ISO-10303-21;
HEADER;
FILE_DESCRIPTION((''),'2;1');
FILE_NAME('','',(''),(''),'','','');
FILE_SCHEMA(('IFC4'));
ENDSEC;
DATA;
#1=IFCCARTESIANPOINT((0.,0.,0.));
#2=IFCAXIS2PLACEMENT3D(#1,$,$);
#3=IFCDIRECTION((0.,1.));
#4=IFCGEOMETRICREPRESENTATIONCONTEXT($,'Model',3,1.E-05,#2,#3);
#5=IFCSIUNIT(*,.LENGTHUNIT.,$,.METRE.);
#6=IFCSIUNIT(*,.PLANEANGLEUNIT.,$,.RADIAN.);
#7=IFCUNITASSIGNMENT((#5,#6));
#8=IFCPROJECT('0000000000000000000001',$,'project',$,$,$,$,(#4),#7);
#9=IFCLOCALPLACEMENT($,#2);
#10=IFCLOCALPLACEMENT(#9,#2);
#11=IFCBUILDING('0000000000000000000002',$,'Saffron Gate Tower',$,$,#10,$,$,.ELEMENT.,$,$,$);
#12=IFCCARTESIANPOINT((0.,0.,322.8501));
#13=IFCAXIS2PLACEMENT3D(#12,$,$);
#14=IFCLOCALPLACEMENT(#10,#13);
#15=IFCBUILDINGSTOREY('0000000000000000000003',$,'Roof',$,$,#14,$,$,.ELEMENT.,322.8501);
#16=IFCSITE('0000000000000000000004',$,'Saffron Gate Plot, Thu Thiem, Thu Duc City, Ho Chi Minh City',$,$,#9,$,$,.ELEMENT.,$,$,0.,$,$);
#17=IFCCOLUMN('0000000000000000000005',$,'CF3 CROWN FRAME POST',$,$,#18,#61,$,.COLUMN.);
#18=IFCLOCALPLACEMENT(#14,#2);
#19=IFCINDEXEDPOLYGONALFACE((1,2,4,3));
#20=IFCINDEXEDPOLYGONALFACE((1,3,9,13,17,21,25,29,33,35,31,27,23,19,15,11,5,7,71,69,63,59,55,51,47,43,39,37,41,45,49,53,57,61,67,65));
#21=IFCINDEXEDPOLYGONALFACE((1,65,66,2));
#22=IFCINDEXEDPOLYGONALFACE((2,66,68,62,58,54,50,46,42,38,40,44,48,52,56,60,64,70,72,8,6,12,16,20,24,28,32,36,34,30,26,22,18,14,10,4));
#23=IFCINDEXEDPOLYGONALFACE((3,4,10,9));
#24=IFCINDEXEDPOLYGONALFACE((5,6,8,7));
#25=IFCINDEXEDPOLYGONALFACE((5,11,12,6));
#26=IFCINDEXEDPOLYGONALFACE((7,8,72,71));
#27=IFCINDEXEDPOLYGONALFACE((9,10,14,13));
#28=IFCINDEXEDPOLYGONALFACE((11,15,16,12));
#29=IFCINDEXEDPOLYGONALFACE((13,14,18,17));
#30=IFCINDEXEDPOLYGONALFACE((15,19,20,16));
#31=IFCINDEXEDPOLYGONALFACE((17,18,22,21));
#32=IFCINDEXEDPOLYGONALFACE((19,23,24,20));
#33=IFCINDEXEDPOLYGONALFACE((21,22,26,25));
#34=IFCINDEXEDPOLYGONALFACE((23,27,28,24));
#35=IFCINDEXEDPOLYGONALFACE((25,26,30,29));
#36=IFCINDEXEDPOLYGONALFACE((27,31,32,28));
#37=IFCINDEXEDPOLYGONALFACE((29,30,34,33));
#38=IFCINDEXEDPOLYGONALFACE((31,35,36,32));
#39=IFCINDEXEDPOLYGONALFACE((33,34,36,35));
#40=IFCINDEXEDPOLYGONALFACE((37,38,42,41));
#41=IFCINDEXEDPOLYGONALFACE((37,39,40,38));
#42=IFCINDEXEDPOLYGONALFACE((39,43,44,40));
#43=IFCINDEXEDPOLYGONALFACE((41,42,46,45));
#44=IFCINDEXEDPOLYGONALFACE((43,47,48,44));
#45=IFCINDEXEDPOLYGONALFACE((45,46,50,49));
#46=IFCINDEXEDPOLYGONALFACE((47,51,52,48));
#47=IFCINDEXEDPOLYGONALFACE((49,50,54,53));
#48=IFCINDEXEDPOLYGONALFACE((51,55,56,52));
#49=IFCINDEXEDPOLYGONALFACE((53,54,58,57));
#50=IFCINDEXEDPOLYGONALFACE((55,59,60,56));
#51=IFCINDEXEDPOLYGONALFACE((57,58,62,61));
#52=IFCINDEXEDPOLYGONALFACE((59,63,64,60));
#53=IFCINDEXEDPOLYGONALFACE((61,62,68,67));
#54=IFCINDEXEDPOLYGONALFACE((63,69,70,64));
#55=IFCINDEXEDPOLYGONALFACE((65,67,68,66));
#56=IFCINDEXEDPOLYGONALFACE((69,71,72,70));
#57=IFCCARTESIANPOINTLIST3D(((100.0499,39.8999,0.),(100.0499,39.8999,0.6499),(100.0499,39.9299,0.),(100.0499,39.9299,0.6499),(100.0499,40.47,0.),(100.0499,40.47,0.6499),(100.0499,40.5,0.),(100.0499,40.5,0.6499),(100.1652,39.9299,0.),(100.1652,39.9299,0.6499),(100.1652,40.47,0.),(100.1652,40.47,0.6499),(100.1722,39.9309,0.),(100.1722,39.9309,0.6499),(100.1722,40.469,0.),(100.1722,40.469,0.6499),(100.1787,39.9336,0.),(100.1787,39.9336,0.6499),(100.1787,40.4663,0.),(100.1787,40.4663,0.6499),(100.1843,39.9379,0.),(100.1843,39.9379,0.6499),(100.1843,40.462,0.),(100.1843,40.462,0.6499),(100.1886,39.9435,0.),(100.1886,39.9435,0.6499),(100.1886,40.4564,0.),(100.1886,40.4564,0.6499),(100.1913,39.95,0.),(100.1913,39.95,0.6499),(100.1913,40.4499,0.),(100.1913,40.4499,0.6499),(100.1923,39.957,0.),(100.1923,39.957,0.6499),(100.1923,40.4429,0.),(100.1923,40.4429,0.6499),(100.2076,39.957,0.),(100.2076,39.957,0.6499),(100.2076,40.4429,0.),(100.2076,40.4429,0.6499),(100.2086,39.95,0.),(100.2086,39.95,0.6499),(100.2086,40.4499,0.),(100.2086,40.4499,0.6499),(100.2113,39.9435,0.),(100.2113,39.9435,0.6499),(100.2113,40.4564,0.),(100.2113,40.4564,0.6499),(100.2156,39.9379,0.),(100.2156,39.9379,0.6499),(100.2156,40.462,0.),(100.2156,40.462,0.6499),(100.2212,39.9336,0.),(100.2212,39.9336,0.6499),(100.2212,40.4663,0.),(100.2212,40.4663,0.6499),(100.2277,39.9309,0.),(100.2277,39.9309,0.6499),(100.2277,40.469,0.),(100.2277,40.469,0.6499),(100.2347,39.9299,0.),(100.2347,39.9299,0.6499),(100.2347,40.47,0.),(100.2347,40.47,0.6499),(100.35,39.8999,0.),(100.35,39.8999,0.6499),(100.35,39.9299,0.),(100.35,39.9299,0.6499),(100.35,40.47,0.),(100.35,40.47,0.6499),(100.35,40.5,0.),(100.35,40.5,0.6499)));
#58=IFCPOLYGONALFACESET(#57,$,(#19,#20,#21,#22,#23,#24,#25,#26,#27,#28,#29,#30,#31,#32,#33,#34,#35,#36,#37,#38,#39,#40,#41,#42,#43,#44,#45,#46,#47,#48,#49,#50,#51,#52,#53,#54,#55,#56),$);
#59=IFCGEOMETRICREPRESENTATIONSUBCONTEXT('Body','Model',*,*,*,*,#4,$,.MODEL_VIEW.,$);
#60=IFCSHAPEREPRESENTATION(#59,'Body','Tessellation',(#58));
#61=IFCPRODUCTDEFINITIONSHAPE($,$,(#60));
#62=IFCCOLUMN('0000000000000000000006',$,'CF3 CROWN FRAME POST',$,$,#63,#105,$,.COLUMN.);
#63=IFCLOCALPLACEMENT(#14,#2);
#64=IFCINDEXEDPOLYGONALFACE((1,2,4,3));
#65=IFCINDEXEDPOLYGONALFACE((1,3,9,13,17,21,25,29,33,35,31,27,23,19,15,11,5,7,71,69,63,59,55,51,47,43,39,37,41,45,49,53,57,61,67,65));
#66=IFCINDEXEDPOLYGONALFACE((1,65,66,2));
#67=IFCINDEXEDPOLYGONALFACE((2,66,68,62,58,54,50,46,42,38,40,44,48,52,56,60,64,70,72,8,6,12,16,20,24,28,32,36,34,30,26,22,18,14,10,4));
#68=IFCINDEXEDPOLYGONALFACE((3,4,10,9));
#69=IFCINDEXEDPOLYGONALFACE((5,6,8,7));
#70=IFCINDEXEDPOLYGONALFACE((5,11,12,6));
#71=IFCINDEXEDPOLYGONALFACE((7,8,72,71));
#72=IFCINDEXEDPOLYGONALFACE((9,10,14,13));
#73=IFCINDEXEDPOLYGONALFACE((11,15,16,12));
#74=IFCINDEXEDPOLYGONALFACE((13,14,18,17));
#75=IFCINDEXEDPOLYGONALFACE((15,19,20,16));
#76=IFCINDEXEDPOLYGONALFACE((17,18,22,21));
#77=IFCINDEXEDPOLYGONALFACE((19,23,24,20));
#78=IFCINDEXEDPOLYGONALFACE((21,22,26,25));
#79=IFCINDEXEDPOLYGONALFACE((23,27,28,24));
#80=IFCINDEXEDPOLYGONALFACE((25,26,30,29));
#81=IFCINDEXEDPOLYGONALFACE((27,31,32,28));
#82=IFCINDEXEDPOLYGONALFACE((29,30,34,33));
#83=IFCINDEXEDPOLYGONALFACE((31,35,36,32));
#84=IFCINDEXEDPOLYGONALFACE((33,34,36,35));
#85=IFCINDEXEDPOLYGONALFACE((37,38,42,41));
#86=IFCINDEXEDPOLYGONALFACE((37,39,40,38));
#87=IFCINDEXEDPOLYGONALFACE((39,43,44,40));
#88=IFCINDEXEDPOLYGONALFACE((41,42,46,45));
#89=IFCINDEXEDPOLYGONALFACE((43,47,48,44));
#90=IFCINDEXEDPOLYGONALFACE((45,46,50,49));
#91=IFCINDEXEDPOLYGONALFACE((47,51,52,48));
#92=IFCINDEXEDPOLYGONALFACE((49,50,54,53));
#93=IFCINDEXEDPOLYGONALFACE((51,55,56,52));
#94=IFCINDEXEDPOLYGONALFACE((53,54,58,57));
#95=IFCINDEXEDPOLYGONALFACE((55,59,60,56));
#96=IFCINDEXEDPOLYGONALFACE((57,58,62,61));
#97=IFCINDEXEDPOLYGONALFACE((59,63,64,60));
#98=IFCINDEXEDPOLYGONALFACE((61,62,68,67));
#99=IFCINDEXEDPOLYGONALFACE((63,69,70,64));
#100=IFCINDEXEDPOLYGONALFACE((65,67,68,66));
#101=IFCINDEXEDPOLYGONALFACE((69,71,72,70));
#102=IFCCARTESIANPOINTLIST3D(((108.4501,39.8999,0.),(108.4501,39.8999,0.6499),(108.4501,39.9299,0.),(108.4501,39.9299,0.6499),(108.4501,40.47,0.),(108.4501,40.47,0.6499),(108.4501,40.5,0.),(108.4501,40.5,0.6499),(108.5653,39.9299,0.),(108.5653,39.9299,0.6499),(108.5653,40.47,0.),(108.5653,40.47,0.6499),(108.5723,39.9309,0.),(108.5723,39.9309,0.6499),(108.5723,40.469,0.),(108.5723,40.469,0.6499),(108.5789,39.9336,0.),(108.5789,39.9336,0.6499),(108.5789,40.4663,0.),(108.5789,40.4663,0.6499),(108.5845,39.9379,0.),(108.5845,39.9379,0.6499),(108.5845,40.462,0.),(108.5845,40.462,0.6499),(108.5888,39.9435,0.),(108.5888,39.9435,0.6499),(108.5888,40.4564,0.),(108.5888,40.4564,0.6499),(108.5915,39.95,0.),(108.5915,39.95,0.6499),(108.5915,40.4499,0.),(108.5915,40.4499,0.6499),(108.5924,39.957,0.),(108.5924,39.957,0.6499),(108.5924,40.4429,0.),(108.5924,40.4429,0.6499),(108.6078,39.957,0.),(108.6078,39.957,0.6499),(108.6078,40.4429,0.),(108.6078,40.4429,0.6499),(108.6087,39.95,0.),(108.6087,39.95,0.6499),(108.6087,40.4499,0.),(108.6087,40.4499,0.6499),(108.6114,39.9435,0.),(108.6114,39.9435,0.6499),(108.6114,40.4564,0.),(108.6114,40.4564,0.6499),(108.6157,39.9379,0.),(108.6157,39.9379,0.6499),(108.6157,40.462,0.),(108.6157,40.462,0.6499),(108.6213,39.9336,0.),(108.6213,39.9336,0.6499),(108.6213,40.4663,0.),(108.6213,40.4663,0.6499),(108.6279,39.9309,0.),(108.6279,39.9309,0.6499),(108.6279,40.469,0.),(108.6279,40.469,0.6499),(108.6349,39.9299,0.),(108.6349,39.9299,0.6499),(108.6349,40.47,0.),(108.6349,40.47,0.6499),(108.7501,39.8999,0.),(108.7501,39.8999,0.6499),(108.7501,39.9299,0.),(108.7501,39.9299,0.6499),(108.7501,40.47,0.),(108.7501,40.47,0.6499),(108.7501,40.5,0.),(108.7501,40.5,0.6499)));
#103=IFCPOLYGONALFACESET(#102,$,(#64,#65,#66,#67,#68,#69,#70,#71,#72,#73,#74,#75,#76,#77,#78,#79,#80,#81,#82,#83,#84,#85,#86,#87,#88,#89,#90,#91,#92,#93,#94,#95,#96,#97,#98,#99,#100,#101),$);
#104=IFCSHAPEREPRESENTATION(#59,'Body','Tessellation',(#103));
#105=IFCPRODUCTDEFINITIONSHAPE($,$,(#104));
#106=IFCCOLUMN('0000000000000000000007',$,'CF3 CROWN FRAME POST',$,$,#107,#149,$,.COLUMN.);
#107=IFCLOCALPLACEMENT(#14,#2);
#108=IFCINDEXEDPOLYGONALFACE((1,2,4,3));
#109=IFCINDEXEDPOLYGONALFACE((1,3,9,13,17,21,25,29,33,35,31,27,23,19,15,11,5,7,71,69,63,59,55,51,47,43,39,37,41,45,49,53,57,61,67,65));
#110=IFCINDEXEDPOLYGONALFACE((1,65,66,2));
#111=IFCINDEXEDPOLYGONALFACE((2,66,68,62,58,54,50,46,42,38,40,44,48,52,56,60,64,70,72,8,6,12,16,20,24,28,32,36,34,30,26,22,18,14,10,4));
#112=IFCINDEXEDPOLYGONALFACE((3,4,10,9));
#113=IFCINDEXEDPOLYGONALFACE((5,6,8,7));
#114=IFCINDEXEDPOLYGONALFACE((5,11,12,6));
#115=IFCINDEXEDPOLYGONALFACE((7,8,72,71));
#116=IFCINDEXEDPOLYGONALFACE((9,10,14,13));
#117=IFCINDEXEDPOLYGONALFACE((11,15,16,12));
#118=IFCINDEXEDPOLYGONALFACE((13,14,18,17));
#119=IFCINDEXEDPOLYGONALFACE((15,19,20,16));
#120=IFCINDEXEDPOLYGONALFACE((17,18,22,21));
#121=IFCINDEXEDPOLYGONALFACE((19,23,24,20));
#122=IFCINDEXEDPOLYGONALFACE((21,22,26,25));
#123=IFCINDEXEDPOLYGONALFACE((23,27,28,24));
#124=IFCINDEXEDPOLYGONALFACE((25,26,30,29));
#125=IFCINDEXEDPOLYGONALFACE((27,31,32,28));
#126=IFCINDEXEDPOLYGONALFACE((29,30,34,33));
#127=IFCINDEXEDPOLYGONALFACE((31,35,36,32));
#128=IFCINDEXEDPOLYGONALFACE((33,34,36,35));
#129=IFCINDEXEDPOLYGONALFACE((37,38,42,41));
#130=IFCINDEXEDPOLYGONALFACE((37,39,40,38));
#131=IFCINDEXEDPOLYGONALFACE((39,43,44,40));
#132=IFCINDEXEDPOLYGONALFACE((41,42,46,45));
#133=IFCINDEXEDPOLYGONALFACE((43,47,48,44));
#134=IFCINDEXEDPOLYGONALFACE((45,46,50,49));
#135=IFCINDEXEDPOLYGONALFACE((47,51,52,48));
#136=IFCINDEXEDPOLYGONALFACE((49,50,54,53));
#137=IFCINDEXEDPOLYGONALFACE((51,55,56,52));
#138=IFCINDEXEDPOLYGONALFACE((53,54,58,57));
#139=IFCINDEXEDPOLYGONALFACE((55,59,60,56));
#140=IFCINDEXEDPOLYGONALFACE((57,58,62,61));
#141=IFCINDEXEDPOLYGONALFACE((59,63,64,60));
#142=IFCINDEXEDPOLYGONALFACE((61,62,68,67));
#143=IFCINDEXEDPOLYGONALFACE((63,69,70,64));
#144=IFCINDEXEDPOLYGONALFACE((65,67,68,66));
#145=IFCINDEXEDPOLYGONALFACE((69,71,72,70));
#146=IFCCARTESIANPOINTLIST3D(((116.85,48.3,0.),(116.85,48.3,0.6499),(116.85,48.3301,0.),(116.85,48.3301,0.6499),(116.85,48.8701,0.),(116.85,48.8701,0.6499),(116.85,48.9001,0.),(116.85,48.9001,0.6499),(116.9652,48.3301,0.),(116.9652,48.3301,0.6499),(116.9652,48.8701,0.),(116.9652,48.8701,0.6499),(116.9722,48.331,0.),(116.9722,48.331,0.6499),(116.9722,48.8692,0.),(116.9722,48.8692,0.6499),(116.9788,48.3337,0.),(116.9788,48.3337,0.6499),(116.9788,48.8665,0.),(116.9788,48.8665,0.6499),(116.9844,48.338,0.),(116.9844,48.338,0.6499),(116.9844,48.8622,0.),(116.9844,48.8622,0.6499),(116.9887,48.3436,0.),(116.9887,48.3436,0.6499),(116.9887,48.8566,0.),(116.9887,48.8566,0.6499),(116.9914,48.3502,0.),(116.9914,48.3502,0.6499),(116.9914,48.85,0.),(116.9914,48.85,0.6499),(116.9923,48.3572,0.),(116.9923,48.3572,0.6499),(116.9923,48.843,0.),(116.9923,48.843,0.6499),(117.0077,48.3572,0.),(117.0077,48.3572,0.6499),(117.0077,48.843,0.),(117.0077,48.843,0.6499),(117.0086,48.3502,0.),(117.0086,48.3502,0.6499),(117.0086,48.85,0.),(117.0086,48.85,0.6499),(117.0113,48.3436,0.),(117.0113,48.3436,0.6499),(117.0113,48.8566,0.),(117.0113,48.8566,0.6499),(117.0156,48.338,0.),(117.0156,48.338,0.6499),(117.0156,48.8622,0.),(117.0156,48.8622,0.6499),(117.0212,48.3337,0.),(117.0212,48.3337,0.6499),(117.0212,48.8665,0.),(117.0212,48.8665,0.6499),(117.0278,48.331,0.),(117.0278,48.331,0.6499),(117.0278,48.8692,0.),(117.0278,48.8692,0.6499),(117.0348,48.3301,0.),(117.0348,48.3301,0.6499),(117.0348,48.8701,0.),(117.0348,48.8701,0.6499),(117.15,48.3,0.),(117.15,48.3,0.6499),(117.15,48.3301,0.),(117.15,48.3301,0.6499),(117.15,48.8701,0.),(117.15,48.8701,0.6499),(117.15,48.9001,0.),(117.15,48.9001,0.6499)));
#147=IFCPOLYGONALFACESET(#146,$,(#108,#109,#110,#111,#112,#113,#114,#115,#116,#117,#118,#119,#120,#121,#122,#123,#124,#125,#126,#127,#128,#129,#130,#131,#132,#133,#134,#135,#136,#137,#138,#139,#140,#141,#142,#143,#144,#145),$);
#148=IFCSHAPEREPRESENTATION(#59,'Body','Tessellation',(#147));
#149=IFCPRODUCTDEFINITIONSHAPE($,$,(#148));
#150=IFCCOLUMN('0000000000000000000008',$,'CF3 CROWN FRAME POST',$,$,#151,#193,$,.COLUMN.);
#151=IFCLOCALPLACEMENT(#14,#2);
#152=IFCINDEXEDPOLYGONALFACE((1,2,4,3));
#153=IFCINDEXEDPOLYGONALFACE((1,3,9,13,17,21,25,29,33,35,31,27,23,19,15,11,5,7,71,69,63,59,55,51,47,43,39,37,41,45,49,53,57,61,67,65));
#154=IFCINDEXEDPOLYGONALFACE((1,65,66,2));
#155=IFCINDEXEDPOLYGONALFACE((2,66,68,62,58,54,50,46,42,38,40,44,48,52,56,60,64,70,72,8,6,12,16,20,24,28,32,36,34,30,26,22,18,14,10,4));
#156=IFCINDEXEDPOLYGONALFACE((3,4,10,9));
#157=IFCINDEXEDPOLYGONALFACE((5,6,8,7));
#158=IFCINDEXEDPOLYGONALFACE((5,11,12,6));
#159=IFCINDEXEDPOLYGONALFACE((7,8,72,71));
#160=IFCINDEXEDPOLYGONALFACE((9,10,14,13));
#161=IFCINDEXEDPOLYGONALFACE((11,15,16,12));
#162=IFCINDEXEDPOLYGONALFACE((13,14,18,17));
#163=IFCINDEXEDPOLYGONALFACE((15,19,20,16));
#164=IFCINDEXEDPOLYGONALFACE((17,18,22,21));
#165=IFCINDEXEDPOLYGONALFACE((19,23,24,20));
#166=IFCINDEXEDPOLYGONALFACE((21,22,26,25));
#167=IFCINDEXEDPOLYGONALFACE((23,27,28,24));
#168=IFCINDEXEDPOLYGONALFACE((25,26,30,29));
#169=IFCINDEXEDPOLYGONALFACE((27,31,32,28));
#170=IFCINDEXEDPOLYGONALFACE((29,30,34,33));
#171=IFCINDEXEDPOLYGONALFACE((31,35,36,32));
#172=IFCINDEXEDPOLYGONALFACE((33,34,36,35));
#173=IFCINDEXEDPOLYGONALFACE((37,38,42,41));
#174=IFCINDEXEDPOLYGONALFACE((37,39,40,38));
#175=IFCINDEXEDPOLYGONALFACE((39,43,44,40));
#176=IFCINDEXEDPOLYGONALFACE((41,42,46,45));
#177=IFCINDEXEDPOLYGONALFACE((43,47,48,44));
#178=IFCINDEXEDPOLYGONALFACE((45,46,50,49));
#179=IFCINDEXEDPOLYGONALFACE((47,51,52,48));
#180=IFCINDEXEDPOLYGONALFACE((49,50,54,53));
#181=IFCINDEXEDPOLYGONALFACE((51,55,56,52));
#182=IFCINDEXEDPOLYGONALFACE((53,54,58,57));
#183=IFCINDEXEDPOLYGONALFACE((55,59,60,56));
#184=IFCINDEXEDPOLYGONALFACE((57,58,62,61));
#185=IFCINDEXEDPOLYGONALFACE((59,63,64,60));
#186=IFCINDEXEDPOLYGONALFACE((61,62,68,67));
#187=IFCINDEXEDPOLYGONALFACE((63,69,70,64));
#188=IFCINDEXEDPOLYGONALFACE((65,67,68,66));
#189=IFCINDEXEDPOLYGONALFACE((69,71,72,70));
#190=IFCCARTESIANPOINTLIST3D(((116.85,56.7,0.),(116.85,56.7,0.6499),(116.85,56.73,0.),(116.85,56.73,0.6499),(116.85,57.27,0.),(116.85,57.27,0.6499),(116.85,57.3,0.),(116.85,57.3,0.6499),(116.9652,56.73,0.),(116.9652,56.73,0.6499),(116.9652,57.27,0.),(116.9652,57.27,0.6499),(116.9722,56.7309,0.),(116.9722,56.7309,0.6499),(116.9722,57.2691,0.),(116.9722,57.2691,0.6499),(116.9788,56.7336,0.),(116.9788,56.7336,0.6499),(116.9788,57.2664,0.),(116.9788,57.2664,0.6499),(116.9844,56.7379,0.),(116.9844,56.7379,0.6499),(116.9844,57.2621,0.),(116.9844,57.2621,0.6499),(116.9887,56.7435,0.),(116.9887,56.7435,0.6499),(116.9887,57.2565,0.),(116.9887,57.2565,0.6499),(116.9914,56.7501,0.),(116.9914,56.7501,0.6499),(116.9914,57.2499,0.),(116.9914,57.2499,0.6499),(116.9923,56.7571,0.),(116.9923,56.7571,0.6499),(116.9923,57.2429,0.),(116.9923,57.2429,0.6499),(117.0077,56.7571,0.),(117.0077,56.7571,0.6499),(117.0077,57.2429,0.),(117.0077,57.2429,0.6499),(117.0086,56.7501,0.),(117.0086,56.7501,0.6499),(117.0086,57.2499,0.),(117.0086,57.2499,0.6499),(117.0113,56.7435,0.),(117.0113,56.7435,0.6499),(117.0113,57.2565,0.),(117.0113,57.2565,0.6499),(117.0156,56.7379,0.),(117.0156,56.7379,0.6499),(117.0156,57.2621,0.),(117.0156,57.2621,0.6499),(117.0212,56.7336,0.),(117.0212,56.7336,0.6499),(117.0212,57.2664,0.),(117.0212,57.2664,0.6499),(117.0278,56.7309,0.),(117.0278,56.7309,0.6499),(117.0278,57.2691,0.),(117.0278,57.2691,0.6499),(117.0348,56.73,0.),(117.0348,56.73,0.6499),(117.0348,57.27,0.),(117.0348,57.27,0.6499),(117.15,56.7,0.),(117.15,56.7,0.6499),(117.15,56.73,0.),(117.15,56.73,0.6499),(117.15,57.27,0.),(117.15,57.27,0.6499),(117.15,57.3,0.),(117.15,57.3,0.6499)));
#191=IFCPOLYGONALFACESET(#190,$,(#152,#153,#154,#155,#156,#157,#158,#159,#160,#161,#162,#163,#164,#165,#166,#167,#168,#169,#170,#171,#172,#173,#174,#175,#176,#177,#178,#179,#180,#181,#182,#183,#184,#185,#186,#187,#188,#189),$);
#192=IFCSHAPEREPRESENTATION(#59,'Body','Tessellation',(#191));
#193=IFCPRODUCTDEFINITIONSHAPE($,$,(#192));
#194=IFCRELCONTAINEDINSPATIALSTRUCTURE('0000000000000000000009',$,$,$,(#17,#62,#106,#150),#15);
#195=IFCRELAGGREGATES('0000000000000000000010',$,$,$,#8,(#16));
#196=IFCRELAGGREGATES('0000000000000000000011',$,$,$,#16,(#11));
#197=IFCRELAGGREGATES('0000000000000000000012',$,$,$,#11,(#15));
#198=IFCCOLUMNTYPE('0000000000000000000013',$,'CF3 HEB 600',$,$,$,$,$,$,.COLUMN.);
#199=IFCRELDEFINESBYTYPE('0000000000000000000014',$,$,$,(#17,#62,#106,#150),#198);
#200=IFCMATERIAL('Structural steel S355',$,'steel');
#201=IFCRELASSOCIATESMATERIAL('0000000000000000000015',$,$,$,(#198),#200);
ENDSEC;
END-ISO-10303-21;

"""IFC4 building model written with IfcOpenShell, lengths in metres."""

from ifc_helpers import new_model, si_unit, direction, frame, origin, origin_2d, place, context, subcontext, project, spatial, i_section, extrude, material, material_profile, profile_set, type_object, element, save


model = new_model("IFC4")

# Units and contexts
model_context = context("Model", 3, precision=1e-05, world=origin(), true_north=direction((0.0, 1.0)))
body_context = subcontext(model_context, "Body", "Model", "MODEL_VIEW")
ifc_project = project(units=[si_unit("LENGTHUNIT", "METRE"), si_unit("PLANEANGLEUNIT", "RADIAN")], contexts=[model_context])

# Site, building, storey
site_placement = place(None, origin())
site = spatial("IfcSite", under=ifc_project, at=site_placement, Name="Saffron Gate Plot, Thu Thiem, Thu Duc City, Ho Chi Minh City", CompositionType="ELEMENT", RefElevation=0.0)
building_placement = place(site_placement, origin())
building = spatial("IfcBuilding", under=site, at=building_placement, Name="Saffron Gate Tower", CompositionType="ELEMENT")
storey_placement = place(building_placement, frame((0.0, 0.0, 322.8501)))
storey = spatial("IfcBuildingStorey", under=building, at=storey_placement, Name="Roof", CompositionType="ELEMENT", Elevation=322.8501)

# Columns
ifc_material_1 = material(Name="Structural steel S355", Category="steel")
ifc_material_profile = material_profile(ifc_material_1, i_section(OverallWidth=0.3, OverallDepth=0.6001, WebThickness=0.0154, FlangeThickness=0.03, FilletRadius=0.0271, at=origin_2d()))
ifc_profile_set = profile_set([ifc_material_profile], Name="Structural steel S355")
column_type = type_object("IfcColumnType", Name="CF3 HEB 600", PredefinedType="COLUMN", material=ifc_profile_set)
for number, where, z_axis, x_axis, name in (
    (1, (100.2, 40.2, 0.0), (0.0, 0.0, 1.0), (1.0, 0.0, 0.0), "CF3 CROWN FRAME POST"),
    (2, (108.6001, 40.2, 0.0), (0.0, 0.0, 1.0), (1.0, 0.0, 0.0), "CF3 CROWN FRAME POST"),
    (3, (117.0, 48.6001, 0.0), (0.0, 0.0, 1.0), (1.0, 0.0, 0.0), "CF3 CROWN FRAME POST"),
    (4, (117.0, 57.0, 0.0), (0.0, 0.0, 1.0), (1.0, 0.0, 0.0), "CF3 CROWN FRAME POST"),
):
    element("IfcColumn", number, at=place(storey_placement, frame(where, z_axis=z_axis, x_axis=x_axis)), inside=storey, type_object=column_type, Name=name, PredefinedType="COLUMN", context=body_context, shape_type="SweptSolid", body=[
        extrude(i_section(OverallWidth=0.3, OverallDepth=0.6001, WebThickness=0.0154, FlangeThickness=0.03, FilletRadius=0.0271, at=origin_2d()), origin(), (0.0, 0.0, 1.0), 0.6499),
    ])

save(model, "model.ifc")
